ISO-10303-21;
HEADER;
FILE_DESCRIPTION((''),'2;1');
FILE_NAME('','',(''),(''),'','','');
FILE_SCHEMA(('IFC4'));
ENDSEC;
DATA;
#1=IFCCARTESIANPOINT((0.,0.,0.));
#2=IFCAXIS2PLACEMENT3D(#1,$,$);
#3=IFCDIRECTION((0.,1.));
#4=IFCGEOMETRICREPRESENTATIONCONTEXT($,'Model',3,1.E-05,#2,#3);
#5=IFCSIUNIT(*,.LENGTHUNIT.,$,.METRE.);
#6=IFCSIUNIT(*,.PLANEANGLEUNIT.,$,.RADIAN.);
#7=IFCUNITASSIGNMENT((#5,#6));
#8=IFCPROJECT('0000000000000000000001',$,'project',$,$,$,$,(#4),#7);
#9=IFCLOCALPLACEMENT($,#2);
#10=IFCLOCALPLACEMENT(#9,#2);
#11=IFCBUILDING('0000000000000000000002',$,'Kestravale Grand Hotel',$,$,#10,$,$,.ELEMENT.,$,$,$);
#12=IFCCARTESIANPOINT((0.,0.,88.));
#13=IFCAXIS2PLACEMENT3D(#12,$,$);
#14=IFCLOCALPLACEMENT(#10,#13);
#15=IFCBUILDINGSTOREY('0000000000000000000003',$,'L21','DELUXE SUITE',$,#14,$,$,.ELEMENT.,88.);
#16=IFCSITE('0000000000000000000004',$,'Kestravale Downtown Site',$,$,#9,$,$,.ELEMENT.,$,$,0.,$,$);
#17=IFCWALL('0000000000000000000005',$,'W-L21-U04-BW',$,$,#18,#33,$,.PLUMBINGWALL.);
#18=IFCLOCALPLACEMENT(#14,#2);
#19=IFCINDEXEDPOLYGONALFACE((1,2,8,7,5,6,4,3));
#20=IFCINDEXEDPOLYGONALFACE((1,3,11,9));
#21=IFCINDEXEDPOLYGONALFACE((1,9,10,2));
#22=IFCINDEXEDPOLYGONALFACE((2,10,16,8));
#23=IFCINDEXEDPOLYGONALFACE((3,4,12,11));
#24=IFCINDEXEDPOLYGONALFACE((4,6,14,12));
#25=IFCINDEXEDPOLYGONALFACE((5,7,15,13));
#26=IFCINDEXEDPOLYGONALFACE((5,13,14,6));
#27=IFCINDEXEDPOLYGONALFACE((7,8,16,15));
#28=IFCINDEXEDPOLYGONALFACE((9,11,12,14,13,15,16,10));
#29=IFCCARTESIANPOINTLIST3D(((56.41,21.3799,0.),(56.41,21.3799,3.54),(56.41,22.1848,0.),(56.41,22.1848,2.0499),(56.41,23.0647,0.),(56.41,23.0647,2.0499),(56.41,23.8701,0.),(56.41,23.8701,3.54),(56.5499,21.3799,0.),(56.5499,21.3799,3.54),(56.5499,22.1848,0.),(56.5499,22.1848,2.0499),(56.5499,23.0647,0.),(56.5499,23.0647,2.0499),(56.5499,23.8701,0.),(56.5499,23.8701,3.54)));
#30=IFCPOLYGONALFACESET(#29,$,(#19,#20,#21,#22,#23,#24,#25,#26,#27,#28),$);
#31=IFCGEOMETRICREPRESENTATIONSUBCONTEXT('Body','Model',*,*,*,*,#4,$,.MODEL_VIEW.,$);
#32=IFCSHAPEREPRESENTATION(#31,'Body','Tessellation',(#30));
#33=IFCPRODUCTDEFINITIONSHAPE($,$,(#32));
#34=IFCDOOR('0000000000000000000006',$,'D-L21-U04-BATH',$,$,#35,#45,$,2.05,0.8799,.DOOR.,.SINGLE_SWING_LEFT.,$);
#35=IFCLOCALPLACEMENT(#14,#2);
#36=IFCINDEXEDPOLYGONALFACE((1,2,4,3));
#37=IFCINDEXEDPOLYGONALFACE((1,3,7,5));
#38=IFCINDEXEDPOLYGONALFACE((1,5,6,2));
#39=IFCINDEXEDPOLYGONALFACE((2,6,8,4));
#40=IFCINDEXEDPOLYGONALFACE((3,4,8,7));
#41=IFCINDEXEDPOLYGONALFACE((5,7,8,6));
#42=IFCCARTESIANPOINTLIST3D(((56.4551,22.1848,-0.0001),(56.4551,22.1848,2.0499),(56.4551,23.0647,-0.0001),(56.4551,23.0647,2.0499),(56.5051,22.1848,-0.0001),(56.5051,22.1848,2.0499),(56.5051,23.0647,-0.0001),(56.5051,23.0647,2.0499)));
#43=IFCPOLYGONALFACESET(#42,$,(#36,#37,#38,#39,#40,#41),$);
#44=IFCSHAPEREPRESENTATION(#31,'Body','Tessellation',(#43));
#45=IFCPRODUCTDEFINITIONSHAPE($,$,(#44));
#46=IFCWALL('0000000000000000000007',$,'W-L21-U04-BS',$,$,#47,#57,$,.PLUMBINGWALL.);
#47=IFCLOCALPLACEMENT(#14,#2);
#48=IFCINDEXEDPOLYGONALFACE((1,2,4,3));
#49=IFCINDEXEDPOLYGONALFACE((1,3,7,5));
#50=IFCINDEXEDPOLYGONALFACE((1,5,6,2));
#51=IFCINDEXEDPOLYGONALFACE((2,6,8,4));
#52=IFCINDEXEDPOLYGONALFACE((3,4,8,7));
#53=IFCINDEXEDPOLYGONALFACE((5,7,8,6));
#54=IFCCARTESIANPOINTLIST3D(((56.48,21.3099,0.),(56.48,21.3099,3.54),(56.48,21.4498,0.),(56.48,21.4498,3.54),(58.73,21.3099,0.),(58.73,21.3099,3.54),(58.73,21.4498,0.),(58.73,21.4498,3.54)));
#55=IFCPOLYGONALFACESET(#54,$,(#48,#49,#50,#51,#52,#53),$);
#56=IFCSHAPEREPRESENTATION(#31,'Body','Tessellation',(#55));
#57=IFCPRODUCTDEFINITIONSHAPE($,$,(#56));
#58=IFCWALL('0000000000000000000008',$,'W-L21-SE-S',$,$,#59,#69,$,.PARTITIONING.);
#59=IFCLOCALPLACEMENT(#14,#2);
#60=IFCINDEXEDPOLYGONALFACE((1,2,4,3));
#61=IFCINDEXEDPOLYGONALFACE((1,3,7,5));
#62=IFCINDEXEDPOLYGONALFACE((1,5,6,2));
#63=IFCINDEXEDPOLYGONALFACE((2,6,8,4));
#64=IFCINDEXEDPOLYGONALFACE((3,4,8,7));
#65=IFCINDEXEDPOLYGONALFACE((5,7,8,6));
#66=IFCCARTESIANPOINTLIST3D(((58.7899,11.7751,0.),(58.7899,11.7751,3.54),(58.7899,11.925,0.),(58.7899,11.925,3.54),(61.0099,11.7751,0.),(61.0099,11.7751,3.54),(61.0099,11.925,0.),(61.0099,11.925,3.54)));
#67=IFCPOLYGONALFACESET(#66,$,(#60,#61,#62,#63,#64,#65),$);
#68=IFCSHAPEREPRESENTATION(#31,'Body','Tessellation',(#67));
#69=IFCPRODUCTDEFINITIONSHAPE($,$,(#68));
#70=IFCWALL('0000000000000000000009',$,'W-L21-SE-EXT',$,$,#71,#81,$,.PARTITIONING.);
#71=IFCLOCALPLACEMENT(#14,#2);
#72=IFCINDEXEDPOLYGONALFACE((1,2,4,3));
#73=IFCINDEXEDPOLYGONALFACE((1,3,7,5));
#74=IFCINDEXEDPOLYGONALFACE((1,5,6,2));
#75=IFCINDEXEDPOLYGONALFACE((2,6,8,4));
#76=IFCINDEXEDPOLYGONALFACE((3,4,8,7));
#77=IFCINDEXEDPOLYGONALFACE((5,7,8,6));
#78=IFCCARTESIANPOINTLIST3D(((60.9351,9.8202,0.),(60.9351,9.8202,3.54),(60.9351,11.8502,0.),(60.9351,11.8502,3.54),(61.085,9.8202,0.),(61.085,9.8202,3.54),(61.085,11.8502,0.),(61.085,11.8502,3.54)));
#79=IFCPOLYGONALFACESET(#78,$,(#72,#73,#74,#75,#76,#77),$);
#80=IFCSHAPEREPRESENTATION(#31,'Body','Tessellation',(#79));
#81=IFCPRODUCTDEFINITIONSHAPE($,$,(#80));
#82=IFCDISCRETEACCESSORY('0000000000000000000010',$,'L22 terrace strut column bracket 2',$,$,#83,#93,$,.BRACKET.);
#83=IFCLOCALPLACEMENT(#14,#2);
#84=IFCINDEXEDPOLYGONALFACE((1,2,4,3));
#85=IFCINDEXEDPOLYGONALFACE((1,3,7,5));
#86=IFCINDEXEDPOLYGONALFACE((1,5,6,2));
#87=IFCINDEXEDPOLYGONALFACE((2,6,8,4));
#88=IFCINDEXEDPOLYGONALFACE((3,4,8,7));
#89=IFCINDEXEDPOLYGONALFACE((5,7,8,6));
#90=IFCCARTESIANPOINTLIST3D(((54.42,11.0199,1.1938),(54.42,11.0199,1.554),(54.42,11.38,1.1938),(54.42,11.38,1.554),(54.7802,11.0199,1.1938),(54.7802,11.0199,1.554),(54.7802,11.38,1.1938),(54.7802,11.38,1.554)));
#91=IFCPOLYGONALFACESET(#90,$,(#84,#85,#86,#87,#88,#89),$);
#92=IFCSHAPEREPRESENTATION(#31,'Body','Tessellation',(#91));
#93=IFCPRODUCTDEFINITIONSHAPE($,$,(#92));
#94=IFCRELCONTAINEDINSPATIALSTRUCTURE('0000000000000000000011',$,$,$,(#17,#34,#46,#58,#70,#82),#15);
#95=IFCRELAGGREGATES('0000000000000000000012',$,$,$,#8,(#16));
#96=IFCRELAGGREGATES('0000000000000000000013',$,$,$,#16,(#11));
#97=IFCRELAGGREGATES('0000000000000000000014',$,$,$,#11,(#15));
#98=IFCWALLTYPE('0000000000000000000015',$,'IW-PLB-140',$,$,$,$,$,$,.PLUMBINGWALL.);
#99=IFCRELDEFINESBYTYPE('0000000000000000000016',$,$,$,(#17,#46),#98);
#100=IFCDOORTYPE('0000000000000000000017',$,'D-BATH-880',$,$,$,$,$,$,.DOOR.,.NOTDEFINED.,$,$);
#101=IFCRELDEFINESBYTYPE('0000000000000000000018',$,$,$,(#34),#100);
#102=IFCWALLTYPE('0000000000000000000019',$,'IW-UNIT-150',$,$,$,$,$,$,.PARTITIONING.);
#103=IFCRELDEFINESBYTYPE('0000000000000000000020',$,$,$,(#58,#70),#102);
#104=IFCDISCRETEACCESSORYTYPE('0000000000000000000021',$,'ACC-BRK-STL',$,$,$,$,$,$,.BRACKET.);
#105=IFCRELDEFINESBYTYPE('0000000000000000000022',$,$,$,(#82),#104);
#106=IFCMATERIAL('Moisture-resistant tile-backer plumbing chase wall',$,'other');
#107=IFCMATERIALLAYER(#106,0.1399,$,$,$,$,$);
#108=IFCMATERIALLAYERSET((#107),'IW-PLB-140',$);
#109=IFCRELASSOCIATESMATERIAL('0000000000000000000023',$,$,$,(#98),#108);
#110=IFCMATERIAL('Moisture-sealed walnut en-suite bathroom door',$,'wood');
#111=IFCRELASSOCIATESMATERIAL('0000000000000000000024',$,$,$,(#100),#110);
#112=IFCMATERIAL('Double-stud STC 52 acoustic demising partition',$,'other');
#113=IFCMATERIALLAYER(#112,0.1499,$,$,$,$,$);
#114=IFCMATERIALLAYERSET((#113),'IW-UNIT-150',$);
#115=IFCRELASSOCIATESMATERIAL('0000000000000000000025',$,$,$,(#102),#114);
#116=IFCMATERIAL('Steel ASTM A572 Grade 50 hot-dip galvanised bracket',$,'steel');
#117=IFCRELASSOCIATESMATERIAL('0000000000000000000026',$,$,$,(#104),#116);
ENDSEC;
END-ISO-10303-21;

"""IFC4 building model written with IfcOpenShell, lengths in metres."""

from ifc_helpers import new_model, si_unit, direction, frame, frame_2d, origin, origin_2d, place, context, subcontext, project, spatial, rectangle, extrude, material, layer, layer_set, type_object, element, fill, save


model = new_model("IFC4")

# Units and contexts
model_context = context("Model", 3, precision=1e-05, world=origin(), true_north=direction((0.0, 1.0)))
body_context = subcontext(model_context, "Body", "Model", "MODEL_VIEW")
ifc_project = project(units=[si_unit("LENGTHUNIT", "METRE"), si_unit("PLANEANGLEUNIT", "RADIAN")], contexts=[model_context])

# Site, building, storey
site_placement = place(None, origin())
site = spatial("IfcSite", under=ifc_project, at=site_placement, Name="Kestravale Downtown Site", CompositionType="ELEMENT", RefElevation=0.0)
building_placement = place(site_placement, origin())
building = spatial("IfcBuilding", under=site, at=building_placement, Name="Kestravale Grand Hotel", CompositionType="ELEMENT")
storey_placement = place(building_placement, frame((0.0, 0.0, 88.0)))
storey = spatial("IfcBuildingStorey", under=building, at=storey_placement, Name="L21", Description="DELUXE SUITE", CompositionType="ELEMENT", Elevation=88.0)

# Wall, opening, door
ifc_material_1 = material(Name="Moisture-resistant tile-backer plumbing chase wall", Category="other")
ifc_layer_1 = layer(ifc_material_1, 0.1399)
ifc_layer_set_1 = layer_set([ifc_layer_1], Name="IW-PLB-140")
wall_type_1 = type_object("IfcWallType", Name="IW-PLB-140", PredefinedType="PLUMBINGWALL", material=ifc_layer_set_1)
wall_1_placement = place(storey_placement, frame((56.48, 21.3799, 0.0), z_axis=(0.0, 0.0, 1.0), x_axis=(0.0, 1.0, 0.0)))
wall_1 = element("IfcWall", 1, at=wall_1_placement, inside=storey, type_object=wall_type_1, Name="W-L21-U04-BW", PredefinedType="PLUMBINGWALL", context=body_context, shape_type="SweptSolid", body=[
    extrude(rectangle(XDim=2.4902, YDim=0.1399, at=frame_2d((1.2451, 0.0))), origin(), (0.0, 0.0, 1.0), 3.54),
])
opening_1_placement = place(wall_1_placement, frame((0.8049, 0.0, 0.0)))
opening_1 = element("IfcOpeningElement", 2, at=opening_1_placement, cuts=wall_1, PredefinedType="OPENING", context=body_context, shape_type="SweptSolid", body=[
    extrude(rectangle(XDim=0.8799, YDim=2.05, at=frame_2d((0.4399, 1.0249))), frame((0.0, 0.0798, 0.0), z_axis=(0.0, -1.0, 0.0), x_axis=(1.0, 0.0, 0.0)), (0.0, 0.0, 1.0), 0.1599),
])
ifc_material_2 = material(Name="Moisture-sealed walnut en-suite bathroom door", Category="wood")
door_type_1 = type_object("IfcDoorType", Name="D-BATH-880", OperationType="NOTDEFINED", PredefinedType="DOOR", material=ifc_material_2)
door_1_placement = place(opening_1_placement, origin())
door_1 = element("IfcDoor", 3, at=door_1_placement, inside=storey, type_object=door_type_1, Name="D-L21-U04-BATH", OperationType="SINGLE_SWING_LEFT", OverallHeight=2.05, OverallWidth=0.8799, PredefinedType="DOOR", context=body_context, shape_type="SweptSolid", body=[
    extrude(rectangle(XDim=0.8799, YDim=2.05, at=frame_2d((0.4399, 1.0249))), frame((0.0, 0.0249, 0.0), z_axis=(0.0, -1.0, 0.0), x_axis=(1.0, 0.0, 0.0)), (0.0, 0.0, 1.0), 0.05),
])
fill(opening_1, door_1)

# Walls
wall_2_placement = place(storey_placement, frame((56.48, 21.3799, 0.0), z_axis=(0.0, 0.0, 1.0), x_axis=(1.0, 0.0, 0.0)))
element("IfcWall", 4, at=wall_2_placement, inside=storey, type_object=wall_type_1, Name="W-L21-U04-BS", PredefinedType="PLUMBINGWALL", context=body_context, shape_type="SweptSolid", body=[
    extrude(rectangle(XDim=2.25, YDim=0.1399, at=frame_2d((1.125, 0.0))), origin(), (0.0, 0.0, 1.0), 3.54),
])
ifc_material_3 = material(Name="Double-stud STC 52 acoustic demising partition", Category="other")
ifc_layer_2 = layer(ifc_material_3, 0.1499)
ifc_layer_set_2 = layer_set([ifc_layer_2], Name="IW-UNIT-150")
wall_type_2 = type_object("IfcWallType", Name="IW-UNIT-150", PredefinedType="PARTITIONING", material=ifc_layer_set_2)
wall_3_placement = place(storey_placement, frame((58.79, 11.8501, 0.0), z_axis=(0.0, 0.0, 1.0), x_axis=(1.0, 0.0, 0.0)))
element("IfcWall", 5, at=wall_3_placement, inside=storey, type_object=wall_type_2, Name="W-L21-SE-S", PredefinedType="PARTITIONING", context=body_context, shape_type="SweptSolid", body=[
    extrude(rectangle(XDim=2.22, YDim=0.1499, at=frame_2d((1.1099, 0.0))), origin(), (0.0, 0.0, 1.0), 3.54),
])
wall_4_placement = place(storey_placement, frame((61.01, 9.8201, 0.0), z_axis=(0.0, 0.0, 1.0), x_axis=(0.0, 1.0, 0.0)))
element("IfcWall", 6, at=wall_4_placement, inside=storey, type_object=wall_type_2, Name="W-L21-SE-EXT", PredefinedType="PARTITIONING", context=body_context, shape_type="SweptSolid", body=[
    extrude(rectangle(XDim=2.03, YDim=0.1499, at=frame_2d((1.0151, 0.0))), origin(), (0.0, 0.0, 1.0), 3.54),
])

# Discrete accessory
ifc_material_4 = material(Name="Steel ASTM A572 Grade 50 hot-dip galvanised bracket", Category="steel")
discrete_accessory_type = type_object("IfcDiscreteAccessoryType", Name="ACC-BRK-STL", PredefinedType="BRACKET", material=ifc_material_4)
discrete_accessory_placement = place(storey_placement, frame((54.6001, 11.2, 1.1938), z_axis=(0.0, 0.0, 1.0), x_axis=(1.0, 0.0, 0.0)))
element("IfcDiscreteAccessory", 7, at=discrete_accessory_placement, inside=storey, type_object=discrete_accessory_type, Name="L22 terrace strut column bracket 2", PredefinedType="BRACKET", context=body_context, shape_type="SweptSolid", body=[
    extrude(rectangle(XDim=0.3601, YDim=0.3601, at=origin_2d()), origin(), (0.0, 0.0, 1.0), 0.3601),
])

save(model, "model.ifc")
